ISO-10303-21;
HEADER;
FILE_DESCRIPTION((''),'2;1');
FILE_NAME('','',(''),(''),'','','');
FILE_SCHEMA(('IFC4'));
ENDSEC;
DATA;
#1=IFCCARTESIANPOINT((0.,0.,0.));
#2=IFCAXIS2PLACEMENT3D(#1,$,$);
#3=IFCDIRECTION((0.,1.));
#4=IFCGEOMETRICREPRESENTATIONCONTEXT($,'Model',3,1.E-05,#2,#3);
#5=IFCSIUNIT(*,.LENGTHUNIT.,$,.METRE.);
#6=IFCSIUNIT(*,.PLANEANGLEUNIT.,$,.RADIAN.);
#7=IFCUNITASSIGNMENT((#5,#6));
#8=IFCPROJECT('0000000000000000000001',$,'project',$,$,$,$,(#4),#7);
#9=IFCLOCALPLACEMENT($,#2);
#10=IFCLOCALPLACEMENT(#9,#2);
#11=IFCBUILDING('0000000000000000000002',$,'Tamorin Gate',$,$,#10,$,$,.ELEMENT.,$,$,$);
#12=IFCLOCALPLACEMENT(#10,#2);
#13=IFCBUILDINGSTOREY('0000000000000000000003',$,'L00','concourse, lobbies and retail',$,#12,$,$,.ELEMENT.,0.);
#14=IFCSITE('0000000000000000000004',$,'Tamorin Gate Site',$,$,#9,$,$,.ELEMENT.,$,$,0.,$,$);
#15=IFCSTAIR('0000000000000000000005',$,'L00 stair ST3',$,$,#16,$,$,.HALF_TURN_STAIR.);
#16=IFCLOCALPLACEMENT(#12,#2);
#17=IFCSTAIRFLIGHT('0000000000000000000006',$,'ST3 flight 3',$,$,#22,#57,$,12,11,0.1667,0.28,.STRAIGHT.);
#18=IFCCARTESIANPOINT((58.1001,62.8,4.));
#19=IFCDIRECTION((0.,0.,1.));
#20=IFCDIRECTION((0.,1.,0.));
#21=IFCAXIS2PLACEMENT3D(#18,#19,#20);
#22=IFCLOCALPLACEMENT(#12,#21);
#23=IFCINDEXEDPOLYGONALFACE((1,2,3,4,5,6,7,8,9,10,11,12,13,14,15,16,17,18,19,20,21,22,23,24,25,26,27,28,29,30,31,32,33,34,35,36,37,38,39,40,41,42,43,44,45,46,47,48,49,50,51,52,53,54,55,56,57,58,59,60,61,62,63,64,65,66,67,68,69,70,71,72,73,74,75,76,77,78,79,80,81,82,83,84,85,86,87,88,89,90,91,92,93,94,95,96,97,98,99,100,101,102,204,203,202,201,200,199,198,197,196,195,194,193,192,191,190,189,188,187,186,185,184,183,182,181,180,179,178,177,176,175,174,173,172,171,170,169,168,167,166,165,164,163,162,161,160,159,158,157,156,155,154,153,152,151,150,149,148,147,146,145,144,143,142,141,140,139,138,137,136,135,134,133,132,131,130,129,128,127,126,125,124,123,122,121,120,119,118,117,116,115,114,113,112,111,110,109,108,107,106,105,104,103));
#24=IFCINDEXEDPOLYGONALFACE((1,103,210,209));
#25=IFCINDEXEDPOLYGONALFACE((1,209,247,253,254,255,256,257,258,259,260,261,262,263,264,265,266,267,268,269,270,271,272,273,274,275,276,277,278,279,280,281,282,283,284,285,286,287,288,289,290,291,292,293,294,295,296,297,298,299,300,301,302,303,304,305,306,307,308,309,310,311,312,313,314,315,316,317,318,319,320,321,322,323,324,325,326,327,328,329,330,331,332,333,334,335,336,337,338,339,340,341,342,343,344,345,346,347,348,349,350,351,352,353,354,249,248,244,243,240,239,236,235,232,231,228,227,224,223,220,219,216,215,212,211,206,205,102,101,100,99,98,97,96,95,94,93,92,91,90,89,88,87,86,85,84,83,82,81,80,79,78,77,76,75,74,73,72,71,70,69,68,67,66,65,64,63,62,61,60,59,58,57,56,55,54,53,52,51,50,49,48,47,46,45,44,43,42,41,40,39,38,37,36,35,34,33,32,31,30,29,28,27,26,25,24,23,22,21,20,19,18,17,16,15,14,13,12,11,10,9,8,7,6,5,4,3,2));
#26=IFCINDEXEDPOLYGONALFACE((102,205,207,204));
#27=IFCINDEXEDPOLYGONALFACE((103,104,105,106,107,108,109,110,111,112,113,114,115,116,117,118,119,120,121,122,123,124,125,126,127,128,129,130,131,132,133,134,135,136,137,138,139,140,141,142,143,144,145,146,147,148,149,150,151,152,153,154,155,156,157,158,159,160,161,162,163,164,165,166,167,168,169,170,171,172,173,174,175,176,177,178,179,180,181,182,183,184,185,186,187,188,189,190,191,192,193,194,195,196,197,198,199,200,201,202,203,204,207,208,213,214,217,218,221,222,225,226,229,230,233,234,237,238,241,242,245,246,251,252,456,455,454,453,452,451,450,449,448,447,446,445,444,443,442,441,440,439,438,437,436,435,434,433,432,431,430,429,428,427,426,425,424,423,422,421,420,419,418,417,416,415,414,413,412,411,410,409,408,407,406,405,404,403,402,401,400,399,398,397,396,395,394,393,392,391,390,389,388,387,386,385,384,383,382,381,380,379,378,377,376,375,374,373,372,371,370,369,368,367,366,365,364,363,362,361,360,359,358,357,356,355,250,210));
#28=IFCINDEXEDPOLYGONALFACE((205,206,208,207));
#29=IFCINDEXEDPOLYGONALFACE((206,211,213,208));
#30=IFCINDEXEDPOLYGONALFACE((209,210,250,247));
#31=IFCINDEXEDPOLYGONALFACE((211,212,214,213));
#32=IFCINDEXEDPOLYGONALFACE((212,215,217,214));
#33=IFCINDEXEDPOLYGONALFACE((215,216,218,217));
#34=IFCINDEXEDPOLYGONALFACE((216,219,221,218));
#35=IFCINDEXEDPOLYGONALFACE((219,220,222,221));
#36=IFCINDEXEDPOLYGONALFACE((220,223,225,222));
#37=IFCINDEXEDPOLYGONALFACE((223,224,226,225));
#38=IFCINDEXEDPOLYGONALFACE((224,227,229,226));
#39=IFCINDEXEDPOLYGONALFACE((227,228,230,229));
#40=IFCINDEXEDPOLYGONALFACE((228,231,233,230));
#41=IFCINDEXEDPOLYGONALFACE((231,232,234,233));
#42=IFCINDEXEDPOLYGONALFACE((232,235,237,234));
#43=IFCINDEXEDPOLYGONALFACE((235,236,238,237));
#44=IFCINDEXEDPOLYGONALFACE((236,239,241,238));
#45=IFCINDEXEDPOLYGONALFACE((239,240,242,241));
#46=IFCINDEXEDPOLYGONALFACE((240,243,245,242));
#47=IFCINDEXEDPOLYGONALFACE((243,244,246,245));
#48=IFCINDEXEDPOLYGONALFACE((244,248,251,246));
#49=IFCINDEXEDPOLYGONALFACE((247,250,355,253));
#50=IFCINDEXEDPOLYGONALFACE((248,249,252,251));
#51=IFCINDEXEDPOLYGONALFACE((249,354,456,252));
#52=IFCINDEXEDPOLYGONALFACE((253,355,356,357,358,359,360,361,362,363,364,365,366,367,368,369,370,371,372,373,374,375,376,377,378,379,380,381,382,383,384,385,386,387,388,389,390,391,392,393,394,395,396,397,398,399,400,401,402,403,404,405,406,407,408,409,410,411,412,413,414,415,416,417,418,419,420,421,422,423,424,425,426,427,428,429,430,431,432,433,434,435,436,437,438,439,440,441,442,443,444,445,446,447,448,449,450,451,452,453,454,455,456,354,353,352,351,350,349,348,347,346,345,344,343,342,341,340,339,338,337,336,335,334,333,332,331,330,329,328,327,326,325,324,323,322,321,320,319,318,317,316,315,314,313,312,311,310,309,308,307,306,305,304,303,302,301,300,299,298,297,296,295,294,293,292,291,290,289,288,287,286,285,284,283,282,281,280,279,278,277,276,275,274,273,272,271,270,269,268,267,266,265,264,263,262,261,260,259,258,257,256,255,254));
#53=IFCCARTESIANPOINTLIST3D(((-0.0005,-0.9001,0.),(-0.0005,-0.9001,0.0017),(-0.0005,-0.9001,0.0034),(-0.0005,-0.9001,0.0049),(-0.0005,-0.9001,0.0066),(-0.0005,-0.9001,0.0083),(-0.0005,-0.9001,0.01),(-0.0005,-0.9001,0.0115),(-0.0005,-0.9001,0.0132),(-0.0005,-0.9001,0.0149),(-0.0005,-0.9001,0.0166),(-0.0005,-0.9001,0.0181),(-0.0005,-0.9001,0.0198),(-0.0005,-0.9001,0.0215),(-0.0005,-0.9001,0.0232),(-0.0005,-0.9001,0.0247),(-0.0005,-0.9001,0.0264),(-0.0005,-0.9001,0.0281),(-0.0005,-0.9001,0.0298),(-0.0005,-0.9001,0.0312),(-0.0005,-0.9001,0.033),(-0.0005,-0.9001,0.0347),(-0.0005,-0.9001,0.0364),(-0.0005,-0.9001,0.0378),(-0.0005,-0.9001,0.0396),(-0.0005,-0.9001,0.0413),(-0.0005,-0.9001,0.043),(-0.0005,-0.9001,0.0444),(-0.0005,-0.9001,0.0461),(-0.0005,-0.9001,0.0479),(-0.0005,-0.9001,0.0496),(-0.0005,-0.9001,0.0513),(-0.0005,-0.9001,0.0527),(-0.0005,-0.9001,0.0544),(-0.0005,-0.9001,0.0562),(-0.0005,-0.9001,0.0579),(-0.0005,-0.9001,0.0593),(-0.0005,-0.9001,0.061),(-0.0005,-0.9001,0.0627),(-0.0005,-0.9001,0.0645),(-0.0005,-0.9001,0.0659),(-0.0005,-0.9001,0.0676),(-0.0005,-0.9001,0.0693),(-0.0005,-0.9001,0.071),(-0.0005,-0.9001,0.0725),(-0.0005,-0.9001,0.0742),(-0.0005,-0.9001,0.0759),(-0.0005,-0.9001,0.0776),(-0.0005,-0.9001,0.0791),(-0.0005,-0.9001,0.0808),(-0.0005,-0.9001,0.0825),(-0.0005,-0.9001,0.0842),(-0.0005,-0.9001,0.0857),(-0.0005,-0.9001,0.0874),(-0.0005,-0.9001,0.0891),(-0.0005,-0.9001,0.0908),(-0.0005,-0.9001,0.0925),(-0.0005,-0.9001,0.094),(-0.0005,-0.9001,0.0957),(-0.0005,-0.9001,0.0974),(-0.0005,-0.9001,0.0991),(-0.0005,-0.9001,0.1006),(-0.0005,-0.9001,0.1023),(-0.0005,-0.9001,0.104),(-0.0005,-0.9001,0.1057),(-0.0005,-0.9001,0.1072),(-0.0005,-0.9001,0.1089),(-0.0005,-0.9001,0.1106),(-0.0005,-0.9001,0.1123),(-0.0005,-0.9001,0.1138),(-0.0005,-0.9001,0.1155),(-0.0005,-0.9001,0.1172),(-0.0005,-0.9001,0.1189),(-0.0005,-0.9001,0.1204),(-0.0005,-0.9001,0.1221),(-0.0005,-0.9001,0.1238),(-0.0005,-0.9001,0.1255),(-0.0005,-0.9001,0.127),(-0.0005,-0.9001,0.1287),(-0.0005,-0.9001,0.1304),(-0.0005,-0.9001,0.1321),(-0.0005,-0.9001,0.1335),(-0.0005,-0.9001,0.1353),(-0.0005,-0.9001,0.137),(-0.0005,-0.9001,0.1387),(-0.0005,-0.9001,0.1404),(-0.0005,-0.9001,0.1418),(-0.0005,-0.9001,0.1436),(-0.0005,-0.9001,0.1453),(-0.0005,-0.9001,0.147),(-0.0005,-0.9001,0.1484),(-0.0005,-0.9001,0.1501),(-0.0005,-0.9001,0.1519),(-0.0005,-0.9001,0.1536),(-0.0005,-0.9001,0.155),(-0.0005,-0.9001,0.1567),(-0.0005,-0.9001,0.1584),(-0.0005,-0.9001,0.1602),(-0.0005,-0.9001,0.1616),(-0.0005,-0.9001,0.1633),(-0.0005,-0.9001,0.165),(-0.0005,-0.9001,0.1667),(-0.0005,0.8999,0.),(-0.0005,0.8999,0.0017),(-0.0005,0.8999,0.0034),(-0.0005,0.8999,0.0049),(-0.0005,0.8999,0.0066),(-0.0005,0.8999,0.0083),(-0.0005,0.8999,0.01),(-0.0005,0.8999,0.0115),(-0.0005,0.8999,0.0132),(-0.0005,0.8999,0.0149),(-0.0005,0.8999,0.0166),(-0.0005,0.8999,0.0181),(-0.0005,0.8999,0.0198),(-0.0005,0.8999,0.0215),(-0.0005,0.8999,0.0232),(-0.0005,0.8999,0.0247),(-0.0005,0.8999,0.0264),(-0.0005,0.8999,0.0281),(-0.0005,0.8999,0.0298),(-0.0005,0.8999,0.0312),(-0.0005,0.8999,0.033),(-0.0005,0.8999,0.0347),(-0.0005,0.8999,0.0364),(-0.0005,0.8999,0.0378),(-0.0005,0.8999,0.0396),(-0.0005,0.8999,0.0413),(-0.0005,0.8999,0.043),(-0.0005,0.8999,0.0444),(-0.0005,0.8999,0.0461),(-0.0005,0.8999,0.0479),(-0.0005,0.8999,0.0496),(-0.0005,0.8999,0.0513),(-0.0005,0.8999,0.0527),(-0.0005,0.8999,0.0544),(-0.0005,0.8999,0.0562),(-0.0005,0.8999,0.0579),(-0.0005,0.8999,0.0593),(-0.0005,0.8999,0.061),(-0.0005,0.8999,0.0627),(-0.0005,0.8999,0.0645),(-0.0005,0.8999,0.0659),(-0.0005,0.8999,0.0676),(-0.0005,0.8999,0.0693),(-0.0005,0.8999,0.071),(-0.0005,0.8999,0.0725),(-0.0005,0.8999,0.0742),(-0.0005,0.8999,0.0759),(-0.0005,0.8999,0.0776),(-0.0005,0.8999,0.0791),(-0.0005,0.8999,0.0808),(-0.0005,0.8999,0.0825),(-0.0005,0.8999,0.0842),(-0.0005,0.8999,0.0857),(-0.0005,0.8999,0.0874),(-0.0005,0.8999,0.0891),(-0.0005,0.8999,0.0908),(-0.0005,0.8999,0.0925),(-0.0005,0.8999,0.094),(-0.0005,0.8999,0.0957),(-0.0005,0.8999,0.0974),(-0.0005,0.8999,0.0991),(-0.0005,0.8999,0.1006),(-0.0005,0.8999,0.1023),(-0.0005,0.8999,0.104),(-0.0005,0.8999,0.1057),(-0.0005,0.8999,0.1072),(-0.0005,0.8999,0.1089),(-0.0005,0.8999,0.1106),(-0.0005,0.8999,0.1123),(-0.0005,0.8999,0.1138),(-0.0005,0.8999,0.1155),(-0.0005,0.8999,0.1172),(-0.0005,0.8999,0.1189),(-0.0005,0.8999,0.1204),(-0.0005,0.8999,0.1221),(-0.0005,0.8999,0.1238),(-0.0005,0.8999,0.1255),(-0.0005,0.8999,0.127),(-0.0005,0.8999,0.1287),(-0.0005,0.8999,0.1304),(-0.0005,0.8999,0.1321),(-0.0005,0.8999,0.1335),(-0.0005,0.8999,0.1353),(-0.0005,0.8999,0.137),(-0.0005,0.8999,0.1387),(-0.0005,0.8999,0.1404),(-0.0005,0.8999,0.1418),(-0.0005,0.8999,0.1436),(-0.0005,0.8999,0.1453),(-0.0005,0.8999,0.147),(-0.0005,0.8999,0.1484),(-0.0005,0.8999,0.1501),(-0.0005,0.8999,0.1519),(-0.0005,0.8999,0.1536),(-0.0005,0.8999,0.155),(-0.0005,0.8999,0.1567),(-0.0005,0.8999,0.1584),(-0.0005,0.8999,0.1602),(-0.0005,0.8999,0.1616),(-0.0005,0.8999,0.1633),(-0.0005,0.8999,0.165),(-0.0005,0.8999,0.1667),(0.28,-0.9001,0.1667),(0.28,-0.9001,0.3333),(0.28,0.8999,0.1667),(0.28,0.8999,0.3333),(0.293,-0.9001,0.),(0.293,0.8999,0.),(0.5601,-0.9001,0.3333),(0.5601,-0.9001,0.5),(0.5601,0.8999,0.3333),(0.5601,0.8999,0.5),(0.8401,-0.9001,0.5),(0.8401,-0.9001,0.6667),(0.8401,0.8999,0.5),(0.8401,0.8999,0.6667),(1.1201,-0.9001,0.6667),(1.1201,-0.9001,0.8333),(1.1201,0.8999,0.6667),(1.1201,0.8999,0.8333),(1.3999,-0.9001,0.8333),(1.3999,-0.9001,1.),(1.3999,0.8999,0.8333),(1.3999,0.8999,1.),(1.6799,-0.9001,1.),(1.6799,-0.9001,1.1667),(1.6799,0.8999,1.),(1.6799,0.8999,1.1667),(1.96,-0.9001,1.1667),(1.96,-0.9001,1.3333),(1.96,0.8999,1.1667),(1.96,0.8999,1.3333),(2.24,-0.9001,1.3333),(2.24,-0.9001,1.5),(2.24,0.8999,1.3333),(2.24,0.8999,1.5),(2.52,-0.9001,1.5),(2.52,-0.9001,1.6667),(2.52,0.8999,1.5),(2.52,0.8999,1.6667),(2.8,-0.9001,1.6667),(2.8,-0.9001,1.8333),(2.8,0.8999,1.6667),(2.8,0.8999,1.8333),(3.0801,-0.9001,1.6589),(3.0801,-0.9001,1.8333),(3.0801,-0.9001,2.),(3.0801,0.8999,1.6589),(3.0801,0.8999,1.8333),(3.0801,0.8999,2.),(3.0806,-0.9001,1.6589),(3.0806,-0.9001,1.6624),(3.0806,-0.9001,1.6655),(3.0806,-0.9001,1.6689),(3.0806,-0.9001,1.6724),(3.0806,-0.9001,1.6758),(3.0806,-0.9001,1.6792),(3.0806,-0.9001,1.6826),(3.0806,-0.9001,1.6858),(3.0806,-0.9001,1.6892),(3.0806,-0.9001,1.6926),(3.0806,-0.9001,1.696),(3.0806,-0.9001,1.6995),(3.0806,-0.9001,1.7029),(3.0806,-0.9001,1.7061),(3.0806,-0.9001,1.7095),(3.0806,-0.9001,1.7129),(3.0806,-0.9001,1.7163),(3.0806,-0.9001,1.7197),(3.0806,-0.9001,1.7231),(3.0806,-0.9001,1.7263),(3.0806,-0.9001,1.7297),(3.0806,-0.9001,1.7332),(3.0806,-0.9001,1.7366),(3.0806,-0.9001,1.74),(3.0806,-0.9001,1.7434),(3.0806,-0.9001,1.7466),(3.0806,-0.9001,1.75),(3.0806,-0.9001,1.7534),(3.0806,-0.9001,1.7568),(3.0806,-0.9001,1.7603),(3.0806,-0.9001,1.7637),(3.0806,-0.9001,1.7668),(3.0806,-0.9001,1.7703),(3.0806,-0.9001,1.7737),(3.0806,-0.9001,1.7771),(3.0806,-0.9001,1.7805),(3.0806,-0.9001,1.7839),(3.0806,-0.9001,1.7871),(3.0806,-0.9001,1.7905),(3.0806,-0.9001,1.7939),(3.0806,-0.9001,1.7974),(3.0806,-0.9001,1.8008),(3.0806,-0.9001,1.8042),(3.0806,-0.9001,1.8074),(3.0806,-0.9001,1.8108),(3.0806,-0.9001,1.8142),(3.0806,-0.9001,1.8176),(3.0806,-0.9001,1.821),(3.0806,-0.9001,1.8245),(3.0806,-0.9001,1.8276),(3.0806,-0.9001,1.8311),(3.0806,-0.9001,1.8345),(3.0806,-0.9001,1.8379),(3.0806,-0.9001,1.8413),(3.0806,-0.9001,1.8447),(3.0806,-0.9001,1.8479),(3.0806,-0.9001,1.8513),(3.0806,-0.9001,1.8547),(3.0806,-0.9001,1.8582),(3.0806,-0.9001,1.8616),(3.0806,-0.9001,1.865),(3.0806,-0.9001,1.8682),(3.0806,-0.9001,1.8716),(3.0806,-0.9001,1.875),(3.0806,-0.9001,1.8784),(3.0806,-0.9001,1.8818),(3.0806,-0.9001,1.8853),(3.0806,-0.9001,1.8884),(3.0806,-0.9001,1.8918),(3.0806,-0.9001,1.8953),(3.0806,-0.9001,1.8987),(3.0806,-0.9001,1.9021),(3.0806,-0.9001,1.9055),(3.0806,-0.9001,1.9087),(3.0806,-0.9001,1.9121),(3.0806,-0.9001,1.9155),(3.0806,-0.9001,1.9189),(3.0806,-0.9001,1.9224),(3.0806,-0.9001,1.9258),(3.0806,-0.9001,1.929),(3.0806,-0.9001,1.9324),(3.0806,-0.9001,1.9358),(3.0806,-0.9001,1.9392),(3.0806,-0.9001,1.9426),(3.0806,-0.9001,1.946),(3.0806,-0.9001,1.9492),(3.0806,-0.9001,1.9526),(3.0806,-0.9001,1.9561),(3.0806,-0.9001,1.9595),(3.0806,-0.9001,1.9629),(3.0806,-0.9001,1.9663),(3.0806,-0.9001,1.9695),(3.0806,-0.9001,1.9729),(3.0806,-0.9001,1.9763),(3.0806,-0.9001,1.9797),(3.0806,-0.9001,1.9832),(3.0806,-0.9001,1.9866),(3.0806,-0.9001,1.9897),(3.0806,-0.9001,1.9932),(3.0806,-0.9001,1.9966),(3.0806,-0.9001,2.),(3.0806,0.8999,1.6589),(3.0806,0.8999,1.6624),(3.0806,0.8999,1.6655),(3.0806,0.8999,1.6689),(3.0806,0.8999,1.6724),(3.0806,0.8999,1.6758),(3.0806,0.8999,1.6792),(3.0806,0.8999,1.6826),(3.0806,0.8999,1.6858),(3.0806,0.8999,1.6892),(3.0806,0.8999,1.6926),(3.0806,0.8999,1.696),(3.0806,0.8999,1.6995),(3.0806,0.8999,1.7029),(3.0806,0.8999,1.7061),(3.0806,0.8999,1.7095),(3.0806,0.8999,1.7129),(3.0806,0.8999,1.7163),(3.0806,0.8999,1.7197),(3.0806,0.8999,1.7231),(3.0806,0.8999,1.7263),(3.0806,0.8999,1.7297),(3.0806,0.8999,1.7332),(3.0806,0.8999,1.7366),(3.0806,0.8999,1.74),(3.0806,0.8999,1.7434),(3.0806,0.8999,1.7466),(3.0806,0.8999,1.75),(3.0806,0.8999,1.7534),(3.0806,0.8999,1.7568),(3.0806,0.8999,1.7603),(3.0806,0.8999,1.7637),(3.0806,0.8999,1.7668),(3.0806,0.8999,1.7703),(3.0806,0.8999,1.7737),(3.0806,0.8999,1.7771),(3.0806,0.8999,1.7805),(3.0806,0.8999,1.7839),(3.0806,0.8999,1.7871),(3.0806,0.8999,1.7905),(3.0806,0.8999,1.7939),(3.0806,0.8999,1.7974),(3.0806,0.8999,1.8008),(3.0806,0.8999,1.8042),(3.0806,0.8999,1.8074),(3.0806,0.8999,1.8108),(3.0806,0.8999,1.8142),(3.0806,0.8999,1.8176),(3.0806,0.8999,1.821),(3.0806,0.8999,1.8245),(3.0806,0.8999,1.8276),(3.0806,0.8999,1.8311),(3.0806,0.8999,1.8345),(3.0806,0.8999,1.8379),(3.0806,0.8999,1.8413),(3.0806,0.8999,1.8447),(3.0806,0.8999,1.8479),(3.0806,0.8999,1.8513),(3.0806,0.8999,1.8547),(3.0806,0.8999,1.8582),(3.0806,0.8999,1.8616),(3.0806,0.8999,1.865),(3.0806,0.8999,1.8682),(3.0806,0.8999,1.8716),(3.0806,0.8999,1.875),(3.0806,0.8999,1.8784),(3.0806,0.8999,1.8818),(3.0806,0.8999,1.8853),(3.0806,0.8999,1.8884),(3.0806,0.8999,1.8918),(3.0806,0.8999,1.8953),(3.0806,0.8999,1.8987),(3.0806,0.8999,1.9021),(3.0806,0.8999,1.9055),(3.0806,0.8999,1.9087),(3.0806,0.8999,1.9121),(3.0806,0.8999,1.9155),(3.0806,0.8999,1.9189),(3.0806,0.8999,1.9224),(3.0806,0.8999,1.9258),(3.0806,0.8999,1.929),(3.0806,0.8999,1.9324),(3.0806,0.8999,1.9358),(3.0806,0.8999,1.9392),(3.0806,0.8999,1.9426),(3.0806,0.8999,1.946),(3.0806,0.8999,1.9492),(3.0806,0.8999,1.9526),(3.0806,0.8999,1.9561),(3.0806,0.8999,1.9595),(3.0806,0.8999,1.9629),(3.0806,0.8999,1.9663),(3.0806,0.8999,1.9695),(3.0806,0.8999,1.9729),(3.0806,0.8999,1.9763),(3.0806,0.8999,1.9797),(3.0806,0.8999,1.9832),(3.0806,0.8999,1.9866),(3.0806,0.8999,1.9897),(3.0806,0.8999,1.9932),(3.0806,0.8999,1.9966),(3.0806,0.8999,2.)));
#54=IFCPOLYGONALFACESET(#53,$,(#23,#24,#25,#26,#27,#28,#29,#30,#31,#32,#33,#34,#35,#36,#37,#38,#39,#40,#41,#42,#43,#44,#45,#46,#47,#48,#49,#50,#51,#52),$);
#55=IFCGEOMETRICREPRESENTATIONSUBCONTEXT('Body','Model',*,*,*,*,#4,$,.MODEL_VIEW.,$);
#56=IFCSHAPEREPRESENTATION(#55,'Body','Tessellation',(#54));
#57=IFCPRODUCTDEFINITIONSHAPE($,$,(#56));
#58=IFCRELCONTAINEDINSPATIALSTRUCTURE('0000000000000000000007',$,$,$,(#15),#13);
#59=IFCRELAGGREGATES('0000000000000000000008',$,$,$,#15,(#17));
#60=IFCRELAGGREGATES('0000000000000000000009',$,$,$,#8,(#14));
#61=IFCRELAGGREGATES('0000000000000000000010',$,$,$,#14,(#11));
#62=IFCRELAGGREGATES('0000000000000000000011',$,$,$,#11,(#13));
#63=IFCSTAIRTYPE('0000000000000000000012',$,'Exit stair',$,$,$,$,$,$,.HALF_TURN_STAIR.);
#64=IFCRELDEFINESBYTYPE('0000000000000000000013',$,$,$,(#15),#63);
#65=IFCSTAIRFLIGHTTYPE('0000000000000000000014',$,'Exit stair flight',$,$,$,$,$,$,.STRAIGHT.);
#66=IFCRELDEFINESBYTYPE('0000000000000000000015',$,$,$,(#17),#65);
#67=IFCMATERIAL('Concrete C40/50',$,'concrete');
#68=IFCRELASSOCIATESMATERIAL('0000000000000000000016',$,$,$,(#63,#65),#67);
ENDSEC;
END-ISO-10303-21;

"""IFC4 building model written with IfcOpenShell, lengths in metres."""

from ifc_helpers import new_model, si_unit, direction, frame, origin, place, context, subcontext, project, spatial, polyline, outline, extrude, material, type_object, element, aggregate, save


model = new_model("IFC4")

# Units and contexts
model_context = context("Model", 3, precision=1e-05, world=origin(), true_north=direction((0.0, 1.0)))
body_context = subcontext(model_context, "Body", "Model", "MODEL_VIEW")
ifc_project = project(units=[si_unit("LENGTHUNIT", "METRE"), si_unit("PLANEANGLEUNIT", "RADIAN")], contexts=[model_context])

# Site, building, storey
site_placement = place(None, origin())
site = spatial("IfcSite", under=ifc_project, at=site_placement, Name="Tamorin Gate Site", CompositionType="ELEMENT", RefElevation=0.0)
building_placement = place(site_placement, origin())
building = spatial("IfcBuilding", under=site, at=building_placement, Name="Tamorin Gate", CompositionType="ELEMENT")
storey_placement = place(building_placement, origin())
storey = spatial("IfcBuildingStorey", under=building, at=storey_placement, Name="L00", Description="concourse, lobbies and retail", CompositionType="ELEMENT", Elevation=0.0)

# Shared definitions
ifc_material_1 = material(Name="Concrete C40/50", Category="concrete")

# Stair, stair flight
stair_type = type_object("IfcStairType", Name="Exit stair", PredefinedType="HALF_TURN_STAIR", material=ifc_material_1)
stair_placement = place(storey_placement, origin())
stair = element("IfcStair", 1, at=stair_placement, inside=storey, type_object=stair_type, Name="L00 stair ST3", PredefinedType="HALF_TURN_STAIR")
stair_flight_type = type_object("IfcStairFlightType", Name="Exit stair flight", PredefinedType="STRAIGHT", material=ifc_material_1)
stair_flight_1_placement = place(storey_placement, frame((58.1001, 62.8, 4.0), z_axis=(0.0, 0.0, 1.0), x_axis=(0.0, 1.0, 0.0)))
stair_flight_1 = element("IfcStairFlight", 2, at=stair_flight_1_placement, type_object=stair_flight_type, Name="ST3 flight 3", NumberOfRisers=12, NumberOfTreads=11, PredefinedType="STRAIGHT", RiserHeight=0.1667, TreadLength=0.28, context=body_context, shape_type="SweptSolid", body=[
    extrude(outline(polyline([(-0.0005, 0.0), (-0.0005, 0.0017), (-0.0005, 0.0034), (-0.0005, 0.0049), (-0.0005, 0.0066), (-0.0005, 0.0083), (-0.0005, 0.01), (-0.0005, 0.0115), (-0.0005, 0.0132), (-0.0005, 0.0149), (-0.0005, 0.0166), (-0.0005, 0.0181), (-0.0005, 0.0198), (-0.0005, 0.0215), (-0.0005, 0.0232), (-0.0005, 0.0247), (-0.0005, 0.0264), (-0.0005, 0.0281), (-0.0005, 0.0298), (-0.0005, 0.0312), (-0.0005, 0.033), (-0.0005, 0.0347), (-0.0005, 0.0364), (-0.0005, 0.0378), (-0.0005, 0.0396), (-0.0005, 0.0413), (-0.0005, 0.043), (-0.0005, 0.0444), (-0.0005, 0.0461), (-0.0005, 0.0479), (-0.0005, 0.0496), (-0.0005, 0.0513), (-0.0005, 0.0527), (-0.0005, 0.0544), (-0.0005, 0.0562), (-0.0005, 0.0579), (-0.0005, 0.0593), (-0.0005, 0.061), (-0.0005, 0.0627), (-0.0005, 0.0645), (-0.0005, 0.0659), (-0.0005, 0.0676), (-0.0005, 0.0693), (-0.0005, 0.071), (-0.0005, 0.0725), (-0.0005, 0.0742), (-0.0005, 0.0759), (-0.0005, 0.0776), (-0.0005, 0.0791), (-0.0005, 0.0808), (-0.0005, 0.0825), (-0.0005, 0.0842), (-0.0005, 0.0857), (-0.0005, 0.0874), (-0.0005, 0.0891), (-0.0005, 0.0908), (-0.0005, 0.0925), (-0.0005, 0.094), (-0.0005, 0.0957), (-0.0005, 0.0974), (-0.0005, 0.0991), (-0.0005, 0.1006), (-0.0005, 0.1023), (-0.0005, 0.104), (-0.0005, 0.1057), (-0.0005, 0.1072), (-0.0005, 0.1089), (-0.0005, 0.1106), (-0.0005, 0.1123), (-0.0005, 0.1138), (-0.0005, 0.1155), (-0.0005, 0.1172), (-0.0005, 0.1189), (-0.0005, 0.1204), (-0.0005, 0.1221), (-0.0005, 0.1238), (-0.0005, 0.1255), (-0.0005, 0.127), (-0.0005, 0.1287), (-0.0005, 0.1304), (-0.0005, 0.1321), (-0.0005, 0.1335), (-0.0005, 0.1353), (-0.0005, 0.137), (-0.0005, 0.1387), (-0.0005, 0.1404), (-0.0005, 0.1418), (-0.0005, 0.1436), (-0.0005, 0.1453), (-0.0005, 0.147), (-0.0005, 0.1484), (-0.0005, 0.1501), (-0.0005, 0.1519), (-0.0005, 0.1536), (-0.0005, 0.155), (-0.0005, 0.1567), (-0.0005, 0.1584), (-0.0005, 0.1602), (-0.0005, 0.1616), (-0.0005, 0.1633), (-0.0005, 0.165), (-0.0005, 0.1667), (0.28, 0.1667), (0.28, 0.3333), (0.5601, 0.3333), (0.5601, 0.5), (0.8401, 0.5), (0.8401, 0.6667), (1.1201, 0.6667), (1.1201, 0.8333), (1.3999, 0.8333), (1.3999, 1.0), (1.6799, 1.0), (1.6799, 1.1667), (1.96, 1.1667), (1.96, 1.3333), (2.24, 1.3333), (2.24, 1.5), (2.52, 1.5), (2.52, 1.6667), (2.8, 1.6667), (2.8, 1.8333), (3.0801, 1.8333), (3.0801, 2.0), (3.0806, 2.0), (3.0806, 1.9966), (3.0806, 1.9932), (3.0806, 1.9897), (3.0806, 1.9866), (3.0806, 1.9832), (3.0806, 1.9797), (3.0806, 1.9763), (3.0806, 1.9729), (3.0806, 1.9695), (3.0806, 1.9663), (3.0806, 1.9629), (3.0806, 1.9595), (3.0806, 1.9561), (3.0806, 1.9526), (3.0806, 1.9492), (3.0806, 1.946), (3.0806, 1.9426), (3.0806, 1.9392), (3.0806, 1.9358), (3.0806, 1.9324), (3.0806, 1.929), (3.0806, 1.9258), (3.0806, 1.9224), (3.0806, 1.9189), (3.0806, 1.9155), (3.0806, 1.9121), (3.0806, 1.9087), (3.0806, 1.9055), (3.0806, 1.9021), (3.0806, 1.8987), (3.0806, 1.8953), (3.0806, 1.8918), (3.0806, 1.8884), (3.0806, 1.8853), (3.0806, 1.8818), (3.0806, 1.8784), (3.0806, 1.875), (3.0806, 1.8716), (3.0806, 1.8682), (3.0806, 1.865), (3.0806, 1.8616), (3.0806, 1.8582), (3.0806, 1.8547), (3.0806, 1.8513), (3.0806, 1.8479), (3.0806, 1.8447), (3.0806, 1.8413), (3.0806, 1.8379), (3.0806, 1.8345), (3.0806, 1.8311), (3.0806, 1.8276), (3.0806, 1.8245), (3.0806, 1.821), (3.0806, 1.8176), (3.0806, 1.8142), (3.0806, 1.8108), (3.0806, 1.8074), (3.0806, 1.8042), (3.0806, 1.8008), (3.0806, 1.7974), (3.0806, 1.7939), (3.0806, 1.7905), (3.0806, 1.7871), (3.0806, 1.7839), (3.0806, 1.7805), (3.0806, 1.7771), (3.0806, 1.7737), (3.0806, 1.7703), (3.0806, 1.7668), (3.0806, 1.7637), (3.0806, 1.7603), (3.0806, 1.7568), (3.0806, 1.7534), (3.0806, 1.75), (3.0806, 1.7466), (3.0806, 1.7434), (3.0806, 1.74), (3.0806, 1.7366), (3.0806, 1.7332), (3.0806, 1.7297), (3.0806, 1.7263), (3.0806, 1.7231), (3.0806, 1.7197), (3.0806, 1.7163), (3.0806, 1.7129), (3.0806, 1.7095), (3.0806, 1.7061), (3.0806, 1.7029), (3.0806, 1.6995), (3.0806, 1.696), (3.0806, 1.6926), (3.0806, 1.6892), (3.0806, 1.6858), (3.0806, 1.6826), (3.0806, 1.6792), (3.0806, 1.6758), (3.0806, 1.6724), (3.0806, 1.6689), (3.0806, 1.6655), (3.0806, 1.6624), (3.0806, 1.6589), (3.0801, 1.6589), (0.293, 0.0), (-0.0005, 0.0)])), frame((0.0, 0.8999, 0.0), z_axis=(0.0, -1.0, 0.0), x_axis=(1.0, 0.0, 0.0)), (0.0, 0.0, 1.0), 1.8),
])
aggregate(stair, [stair_flight_1])

save(model, "model.ifc")
